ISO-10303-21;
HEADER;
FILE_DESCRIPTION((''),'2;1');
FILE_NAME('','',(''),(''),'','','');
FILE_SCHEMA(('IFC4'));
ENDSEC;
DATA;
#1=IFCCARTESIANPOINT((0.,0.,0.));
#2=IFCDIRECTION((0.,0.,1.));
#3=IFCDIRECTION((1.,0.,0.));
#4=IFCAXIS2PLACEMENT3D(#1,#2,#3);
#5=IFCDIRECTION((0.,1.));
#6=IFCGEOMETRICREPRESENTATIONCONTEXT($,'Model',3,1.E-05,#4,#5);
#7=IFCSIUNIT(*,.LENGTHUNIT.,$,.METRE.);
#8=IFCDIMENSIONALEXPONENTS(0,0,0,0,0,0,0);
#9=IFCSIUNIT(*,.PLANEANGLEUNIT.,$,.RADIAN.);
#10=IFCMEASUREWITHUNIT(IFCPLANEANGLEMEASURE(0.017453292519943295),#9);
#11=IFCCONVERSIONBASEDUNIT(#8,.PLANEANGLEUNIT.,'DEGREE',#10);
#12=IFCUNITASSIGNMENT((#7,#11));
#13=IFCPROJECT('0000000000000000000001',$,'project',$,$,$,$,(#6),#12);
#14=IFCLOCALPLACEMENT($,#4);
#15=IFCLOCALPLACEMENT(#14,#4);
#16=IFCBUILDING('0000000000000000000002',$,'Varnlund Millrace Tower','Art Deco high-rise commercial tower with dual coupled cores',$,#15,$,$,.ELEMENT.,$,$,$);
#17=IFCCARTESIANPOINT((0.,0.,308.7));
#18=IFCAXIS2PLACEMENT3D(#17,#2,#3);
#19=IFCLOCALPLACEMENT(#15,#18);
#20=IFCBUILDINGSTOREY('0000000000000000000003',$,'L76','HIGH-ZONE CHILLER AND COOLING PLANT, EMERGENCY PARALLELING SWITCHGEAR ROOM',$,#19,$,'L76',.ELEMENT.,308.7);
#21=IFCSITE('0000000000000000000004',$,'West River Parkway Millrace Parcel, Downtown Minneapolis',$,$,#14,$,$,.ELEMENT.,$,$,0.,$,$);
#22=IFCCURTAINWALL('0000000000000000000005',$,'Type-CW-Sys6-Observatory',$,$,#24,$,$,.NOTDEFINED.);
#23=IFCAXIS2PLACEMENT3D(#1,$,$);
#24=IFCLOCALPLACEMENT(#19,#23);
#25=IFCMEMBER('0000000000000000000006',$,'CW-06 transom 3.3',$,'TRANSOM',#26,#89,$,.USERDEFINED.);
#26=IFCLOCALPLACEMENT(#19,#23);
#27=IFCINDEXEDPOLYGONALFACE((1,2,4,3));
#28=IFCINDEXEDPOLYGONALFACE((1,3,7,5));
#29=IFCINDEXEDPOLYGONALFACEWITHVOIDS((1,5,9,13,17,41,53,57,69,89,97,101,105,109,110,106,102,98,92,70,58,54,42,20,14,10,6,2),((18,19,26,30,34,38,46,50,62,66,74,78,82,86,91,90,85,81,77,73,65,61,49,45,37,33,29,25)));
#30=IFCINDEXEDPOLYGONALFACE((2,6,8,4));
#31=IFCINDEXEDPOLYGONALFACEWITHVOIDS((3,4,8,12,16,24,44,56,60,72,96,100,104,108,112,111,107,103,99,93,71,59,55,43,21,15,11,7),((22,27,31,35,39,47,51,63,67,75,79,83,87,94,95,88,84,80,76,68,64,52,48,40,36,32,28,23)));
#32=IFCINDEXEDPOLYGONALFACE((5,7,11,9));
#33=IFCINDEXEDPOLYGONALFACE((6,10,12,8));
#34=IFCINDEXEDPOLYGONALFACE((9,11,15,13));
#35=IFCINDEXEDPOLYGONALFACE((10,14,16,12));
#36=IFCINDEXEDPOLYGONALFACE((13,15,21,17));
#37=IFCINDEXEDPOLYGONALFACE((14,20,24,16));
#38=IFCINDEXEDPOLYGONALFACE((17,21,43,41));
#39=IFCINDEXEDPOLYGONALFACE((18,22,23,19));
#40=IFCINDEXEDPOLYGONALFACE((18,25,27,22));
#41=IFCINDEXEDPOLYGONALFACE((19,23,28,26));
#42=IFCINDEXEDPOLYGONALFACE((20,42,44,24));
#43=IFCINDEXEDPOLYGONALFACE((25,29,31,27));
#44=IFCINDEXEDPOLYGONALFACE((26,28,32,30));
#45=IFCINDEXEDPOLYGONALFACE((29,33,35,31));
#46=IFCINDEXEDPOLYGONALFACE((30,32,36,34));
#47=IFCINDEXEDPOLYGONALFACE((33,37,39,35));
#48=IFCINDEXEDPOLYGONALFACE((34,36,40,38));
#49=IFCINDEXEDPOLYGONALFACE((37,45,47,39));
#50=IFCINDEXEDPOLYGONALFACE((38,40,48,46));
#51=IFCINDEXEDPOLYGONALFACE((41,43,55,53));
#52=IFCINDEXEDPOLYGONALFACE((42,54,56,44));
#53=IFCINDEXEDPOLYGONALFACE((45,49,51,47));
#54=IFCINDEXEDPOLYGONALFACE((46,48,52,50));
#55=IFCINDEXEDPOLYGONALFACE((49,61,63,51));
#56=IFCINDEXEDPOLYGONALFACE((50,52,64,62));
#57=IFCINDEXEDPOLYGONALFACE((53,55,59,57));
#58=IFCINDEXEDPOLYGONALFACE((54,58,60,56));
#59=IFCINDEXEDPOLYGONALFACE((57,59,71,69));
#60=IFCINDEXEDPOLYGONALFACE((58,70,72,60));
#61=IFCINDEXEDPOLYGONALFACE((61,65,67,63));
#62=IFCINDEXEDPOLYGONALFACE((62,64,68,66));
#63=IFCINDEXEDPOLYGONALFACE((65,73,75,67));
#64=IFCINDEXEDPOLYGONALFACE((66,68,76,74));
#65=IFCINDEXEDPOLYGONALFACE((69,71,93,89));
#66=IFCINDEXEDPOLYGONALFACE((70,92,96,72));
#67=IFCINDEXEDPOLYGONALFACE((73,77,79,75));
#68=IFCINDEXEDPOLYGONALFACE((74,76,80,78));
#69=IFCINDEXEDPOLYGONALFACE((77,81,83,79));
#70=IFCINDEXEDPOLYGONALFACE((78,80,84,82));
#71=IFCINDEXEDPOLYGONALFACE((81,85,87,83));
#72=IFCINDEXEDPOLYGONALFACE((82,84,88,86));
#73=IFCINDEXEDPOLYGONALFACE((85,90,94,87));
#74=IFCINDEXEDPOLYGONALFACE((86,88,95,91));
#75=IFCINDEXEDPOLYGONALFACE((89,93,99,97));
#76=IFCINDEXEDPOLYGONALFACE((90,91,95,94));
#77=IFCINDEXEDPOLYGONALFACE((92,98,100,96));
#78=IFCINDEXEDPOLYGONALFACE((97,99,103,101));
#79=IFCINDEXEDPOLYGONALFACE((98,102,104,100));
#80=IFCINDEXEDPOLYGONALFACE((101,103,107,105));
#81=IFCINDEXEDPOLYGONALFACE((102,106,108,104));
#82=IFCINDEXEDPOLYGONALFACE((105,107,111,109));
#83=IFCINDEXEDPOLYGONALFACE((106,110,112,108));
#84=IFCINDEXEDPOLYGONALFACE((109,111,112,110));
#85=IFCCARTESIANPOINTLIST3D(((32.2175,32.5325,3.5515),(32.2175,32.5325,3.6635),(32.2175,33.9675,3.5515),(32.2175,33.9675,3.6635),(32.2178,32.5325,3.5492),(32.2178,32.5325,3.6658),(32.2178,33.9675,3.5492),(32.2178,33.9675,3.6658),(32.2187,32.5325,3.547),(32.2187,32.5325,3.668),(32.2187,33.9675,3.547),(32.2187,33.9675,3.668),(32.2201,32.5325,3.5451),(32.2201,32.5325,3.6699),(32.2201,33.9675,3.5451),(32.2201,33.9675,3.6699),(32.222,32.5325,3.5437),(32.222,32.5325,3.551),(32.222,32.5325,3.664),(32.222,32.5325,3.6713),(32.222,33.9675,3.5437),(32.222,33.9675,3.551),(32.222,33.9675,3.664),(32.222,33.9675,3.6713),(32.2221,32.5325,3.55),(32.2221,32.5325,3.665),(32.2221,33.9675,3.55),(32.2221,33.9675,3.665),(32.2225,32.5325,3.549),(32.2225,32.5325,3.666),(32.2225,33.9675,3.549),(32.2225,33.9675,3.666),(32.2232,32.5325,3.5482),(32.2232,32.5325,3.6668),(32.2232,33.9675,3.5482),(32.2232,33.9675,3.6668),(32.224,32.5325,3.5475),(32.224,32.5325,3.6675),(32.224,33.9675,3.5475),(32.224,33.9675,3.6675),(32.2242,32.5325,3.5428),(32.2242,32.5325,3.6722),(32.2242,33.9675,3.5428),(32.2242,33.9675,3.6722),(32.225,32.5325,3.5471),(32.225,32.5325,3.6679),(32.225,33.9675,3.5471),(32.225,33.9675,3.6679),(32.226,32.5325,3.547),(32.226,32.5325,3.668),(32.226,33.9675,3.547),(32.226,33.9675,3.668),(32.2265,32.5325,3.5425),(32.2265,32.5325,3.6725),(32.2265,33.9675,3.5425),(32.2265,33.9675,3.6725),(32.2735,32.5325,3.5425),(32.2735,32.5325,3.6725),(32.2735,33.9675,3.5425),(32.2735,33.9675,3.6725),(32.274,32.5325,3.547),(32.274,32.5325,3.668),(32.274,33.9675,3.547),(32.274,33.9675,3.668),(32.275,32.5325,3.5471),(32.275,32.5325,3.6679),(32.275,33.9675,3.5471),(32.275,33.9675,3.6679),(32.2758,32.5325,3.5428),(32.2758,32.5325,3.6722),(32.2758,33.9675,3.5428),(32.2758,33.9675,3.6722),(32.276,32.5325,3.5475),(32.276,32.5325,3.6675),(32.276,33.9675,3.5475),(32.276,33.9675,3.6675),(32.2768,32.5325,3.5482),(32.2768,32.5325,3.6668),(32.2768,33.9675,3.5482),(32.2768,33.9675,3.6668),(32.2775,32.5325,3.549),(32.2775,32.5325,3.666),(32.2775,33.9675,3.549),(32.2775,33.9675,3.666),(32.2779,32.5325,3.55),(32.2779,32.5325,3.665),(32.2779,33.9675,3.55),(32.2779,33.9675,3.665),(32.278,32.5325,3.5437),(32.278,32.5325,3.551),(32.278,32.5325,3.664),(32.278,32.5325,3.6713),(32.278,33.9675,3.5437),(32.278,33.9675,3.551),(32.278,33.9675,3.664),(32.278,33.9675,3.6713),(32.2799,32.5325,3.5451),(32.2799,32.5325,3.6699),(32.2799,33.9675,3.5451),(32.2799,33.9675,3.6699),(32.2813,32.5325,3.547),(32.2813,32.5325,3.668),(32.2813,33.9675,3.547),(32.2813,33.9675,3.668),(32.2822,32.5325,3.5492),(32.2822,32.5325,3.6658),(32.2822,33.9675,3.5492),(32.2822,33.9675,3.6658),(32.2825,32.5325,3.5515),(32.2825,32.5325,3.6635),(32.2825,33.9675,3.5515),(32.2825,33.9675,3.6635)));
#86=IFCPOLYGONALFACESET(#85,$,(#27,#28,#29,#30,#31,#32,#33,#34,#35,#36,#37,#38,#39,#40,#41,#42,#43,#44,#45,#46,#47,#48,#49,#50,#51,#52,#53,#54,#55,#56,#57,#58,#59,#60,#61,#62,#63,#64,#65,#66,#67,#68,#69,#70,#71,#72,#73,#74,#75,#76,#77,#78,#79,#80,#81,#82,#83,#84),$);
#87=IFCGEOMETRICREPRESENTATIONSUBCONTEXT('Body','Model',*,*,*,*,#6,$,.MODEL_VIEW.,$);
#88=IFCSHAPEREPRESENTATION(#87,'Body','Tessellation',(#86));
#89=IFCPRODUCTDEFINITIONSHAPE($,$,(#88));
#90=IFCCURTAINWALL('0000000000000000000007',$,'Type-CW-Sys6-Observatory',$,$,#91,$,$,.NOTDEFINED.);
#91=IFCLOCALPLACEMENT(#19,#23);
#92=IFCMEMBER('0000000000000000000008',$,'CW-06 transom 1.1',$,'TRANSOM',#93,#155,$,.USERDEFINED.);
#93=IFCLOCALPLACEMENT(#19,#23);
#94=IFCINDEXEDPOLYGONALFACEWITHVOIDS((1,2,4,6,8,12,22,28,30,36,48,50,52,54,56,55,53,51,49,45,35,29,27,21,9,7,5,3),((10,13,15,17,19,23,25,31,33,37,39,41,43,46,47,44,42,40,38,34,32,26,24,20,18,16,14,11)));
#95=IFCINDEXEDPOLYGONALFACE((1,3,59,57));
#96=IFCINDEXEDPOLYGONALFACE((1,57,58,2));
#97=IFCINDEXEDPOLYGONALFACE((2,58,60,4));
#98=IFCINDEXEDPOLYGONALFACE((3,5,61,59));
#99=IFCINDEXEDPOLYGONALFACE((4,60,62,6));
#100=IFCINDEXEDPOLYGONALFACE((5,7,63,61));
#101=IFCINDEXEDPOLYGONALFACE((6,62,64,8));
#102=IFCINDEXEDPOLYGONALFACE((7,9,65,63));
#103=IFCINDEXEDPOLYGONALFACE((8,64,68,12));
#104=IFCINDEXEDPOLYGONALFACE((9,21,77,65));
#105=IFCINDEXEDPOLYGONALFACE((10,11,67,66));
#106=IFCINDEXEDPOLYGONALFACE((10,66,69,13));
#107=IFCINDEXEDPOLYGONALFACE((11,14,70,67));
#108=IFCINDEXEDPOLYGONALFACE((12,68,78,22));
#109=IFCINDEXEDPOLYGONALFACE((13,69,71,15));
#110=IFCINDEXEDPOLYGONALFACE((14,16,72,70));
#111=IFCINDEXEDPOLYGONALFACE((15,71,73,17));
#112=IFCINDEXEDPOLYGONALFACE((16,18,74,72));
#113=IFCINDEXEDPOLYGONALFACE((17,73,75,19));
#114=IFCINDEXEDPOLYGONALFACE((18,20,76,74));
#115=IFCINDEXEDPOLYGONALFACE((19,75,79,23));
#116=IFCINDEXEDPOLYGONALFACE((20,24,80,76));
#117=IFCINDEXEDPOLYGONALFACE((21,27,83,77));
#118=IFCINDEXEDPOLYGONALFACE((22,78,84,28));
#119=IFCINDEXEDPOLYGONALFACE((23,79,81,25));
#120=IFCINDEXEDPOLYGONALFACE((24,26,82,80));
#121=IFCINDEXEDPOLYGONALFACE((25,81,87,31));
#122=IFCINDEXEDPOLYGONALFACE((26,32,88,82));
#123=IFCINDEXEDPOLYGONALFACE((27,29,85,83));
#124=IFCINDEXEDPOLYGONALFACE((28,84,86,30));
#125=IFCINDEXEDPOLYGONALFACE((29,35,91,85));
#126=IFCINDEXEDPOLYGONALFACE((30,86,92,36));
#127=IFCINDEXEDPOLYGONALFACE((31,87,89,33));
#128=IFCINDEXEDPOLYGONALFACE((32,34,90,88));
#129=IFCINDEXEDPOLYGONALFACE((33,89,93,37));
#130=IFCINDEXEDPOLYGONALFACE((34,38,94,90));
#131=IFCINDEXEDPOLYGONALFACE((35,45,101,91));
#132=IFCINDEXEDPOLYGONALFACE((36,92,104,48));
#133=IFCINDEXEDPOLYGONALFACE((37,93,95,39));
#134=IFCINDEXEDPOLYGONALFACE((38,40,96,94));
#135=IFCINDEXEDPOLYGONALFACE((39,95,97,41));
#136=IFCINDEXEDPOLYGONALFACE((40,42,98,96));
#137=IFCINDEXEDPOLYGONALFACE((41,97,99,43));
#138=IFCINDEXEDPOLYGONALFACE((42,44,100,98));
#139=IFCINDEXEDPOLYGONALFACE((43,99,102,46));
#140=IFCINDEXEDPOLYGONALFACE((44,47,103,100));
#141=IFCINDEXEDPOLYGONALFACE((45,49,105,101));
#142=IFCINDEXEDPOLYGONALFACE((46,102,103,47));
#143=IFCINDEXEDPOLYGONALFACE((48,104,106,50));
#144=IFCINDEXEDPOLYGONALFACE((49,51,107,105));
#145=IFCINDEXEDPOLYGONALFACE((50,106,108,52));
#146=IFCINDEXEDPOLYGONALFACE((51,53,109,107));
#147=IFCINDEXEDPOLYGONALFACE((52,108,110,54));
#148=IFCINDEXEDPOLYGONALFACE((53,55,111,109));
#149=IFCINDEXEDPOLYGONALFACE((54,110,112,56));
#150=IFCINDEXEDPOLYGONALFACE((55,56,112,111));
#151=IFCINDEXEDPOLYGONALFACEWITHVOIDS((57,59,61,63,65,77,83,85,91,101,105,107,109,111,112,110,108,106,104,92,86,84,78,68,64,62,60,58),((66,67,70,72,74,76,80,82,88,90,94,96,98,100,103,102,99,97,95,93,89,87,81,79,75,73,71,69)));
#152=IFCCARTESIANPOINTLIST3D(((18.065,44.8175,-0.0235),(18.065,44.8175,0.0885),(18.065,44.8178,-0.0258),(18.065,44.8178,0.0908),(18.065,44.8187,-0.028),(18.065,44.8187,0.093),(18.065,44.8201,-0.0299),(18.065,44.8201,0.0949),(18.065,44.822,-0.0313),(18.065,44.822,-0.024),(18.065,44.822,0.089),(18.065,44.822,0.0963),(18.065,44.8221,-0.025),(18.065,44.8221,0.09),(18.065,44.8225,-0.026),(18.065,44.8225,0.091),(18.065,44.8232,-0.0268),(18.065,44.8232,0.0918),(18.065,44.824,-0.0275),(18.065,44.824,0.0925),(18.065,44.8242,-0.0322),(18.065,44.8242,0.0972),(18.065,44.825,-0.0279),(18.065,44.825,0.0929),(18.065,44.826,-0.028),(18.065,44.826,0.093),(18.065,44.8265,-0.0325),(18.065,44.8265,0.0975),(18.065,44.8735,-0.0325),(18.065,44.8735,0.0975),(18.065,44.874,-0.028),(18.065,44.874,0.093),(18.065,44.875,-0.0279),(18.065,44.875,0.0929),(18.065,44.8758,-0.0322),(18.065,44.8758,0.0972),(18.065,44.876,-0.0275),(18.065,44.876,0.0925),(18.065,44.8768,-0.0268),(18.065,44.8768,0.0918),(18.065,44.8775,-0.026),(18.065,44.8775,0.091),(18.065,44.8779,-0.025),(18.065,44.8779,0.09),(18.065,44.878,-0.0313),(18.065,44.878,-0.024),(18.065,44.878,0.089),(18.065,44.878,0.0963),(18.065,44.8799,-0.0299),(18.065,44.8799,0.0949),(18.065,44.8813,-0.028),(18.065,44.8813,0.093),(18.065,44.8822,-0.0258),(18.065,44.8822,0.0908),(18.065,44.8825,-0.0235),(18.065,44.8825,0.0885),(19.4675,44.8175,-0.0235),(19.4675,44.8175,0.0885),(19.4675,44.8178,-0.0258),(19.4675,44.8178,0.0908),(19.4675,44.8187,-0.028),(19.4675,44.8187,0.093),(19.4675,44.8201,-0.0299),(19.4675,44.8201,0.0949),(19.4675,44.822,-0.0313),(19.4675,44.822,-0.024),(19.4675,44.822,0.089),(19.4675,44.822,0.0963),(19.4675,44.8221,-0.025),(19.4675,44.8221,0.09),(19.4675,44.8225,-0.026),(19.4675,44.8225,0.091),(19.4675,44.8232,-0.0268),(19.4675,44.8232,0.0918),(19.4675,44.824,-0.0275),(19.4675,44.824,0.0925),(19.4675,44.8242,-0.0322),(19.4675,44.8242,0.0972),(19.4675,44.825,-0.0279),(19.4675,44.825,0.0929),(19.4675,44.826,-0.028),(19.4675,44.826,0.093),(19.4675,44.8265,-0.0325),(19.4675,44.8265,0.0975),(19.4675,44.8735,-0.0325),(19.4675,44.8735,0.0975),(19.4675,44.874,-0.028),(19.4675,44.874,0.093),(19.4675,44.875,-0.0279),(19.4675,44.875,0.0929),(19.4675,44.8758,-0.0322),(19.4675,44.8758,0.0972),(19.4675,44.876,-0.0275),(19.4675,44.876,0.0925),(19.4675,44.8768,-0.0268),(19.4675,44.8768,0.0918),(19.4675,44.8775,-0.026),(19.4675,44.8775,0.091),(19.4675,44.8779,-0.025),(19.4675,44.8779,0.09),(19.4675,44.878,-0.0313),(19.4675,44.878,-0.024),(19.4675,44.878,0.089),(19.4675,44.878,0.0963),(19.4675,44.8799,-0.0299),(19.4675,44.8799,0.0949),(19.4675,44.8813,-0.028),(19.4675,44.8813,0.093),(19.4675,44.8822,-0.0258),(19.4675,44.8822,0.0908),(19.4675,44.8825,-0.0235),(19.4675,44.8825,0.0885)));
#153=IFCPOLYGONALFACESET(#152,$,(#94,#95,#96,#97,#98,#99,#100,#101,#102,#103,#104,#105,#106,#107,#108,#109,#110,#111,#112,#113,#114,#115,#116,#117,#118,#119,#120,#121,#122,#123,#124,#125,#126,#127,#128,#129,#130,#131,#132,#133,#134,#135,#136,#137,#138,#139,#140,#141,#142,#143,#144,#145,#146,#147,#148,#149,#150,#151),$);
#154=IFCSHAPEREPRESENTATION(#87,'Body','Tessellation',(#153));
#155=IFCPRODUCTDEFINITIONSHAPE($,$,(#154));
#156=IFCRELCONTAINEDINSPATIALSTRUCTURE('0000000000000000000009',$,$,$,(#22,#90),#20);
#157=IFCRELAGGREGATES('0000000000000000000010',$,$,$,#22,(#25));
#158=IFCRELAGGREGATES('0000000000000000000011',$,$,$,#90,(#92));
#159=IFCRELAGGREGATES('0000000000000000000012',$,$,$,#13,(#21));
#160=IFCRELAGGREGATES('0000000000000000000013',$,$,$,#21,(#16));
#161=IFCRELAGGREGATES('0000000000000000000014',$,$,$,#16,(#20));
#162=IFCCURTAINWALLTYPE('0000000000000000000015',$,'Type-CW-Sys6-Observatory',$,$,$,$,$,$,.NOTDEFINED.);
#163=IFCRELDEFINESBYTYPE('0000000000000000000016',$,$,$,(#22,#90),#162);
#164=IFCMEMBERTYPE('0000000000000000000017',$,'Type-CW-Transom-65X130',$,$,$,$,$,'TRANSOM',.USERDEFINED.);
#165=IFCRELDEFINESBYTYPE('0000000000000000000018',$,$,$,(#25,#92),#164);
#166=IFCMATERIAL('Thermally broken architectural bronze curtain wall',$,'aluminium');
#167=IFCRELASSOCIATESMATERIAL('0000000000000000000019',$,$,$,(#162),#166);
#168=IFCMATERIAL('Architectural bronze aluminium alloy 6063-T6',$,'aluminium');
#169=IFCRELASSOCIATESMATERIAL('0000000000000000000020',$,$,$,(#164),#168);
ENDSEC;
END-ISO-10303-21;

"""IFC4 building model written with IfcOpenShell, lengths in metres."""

from ifc_helpers import new_model, entity, si_unit, converted_unit, direction, frame, origin_with_axes, origin_2d_with_axis, place, context, subcontext, project, spatial, hollow_rectangle, extrude, material, material_profile, profile_set, type_object, element, aggregate, save


model = new_model("IFC4")

# Units and contexts
model_context = context("Model", 3, precision=1e-05, world=origin_with_axes(), true_north=direction((0.0, 1.0)))
body_context = subcontext(model_context, "Body", "Model", "MODEL_VIEW")
ifc_project = project(units=[si_unit("LENGTHUNIT", "METRE"), converted_unit("PLANEANGLEUNIT", "DEGREE", entity("IfcPlaneAngleMeasure", 0.017453292519943295), si_unit("PLANEANGLEUNIT", "RADIAN"), dimensions=[0, 0, 0, 0, 0, 0, 0])], contexts=[model_context])

# Site, building, storey
site_placement = place(None, origin_with_axes())
site = spatial("IfcSite", under=ifc_project, at=site_placement, Name="West River Parkway Millrace Parcel, Downtown Minneapolis", CompositionType="ELEMENT", RefElevation=0.0)
building_placement = place(site_placement, origin_with_axes())
building = spatial("IfcBuilding", under=site, at=building_placement, Name="Varnlund Millrace Tower", Description="Art Deco high-rise commercial tower with dual coupled cores", CompositionType="ELEMENT")
storey_placement = place(building_placement, frame((0.0, 0.0, 308.7), z_axis=(0.0, 0.0, 1.0), x_axis=(1.0, 0.0, 0.0)))
storey = spatial("IfcBuildingStorey", under=building, at=storey_placement, Name="L76", Description="HIGH-ZONE CHILLER AND COOLING PLANT, EMERGENCY PARALLELING SWITCHGEAR ROOM", LongName="L76", CompositionType="ELEMENT", Elevation=308.7)

# Curtain walls, members
ifc_material_1 = material(Name="Thermally broken architectural bronze curtain wall", Category="aluminium")
curtain_wall_type = type_object("IfcCurtainWallType", Name="Type-CW-Sys6-Observatory", PredefinedType="NOTDEFINED", material=ifc_material_1)
curtain_wall_1_placement = place(storey_placement, frame((32.25, 37.0, 0.0), z_axis=(0.0, 0.0, 1.0), x_axis=(1.0, 0.0, 0.0)))
curtain_wall_1 = element("IfcCurtainWall", 1, at=curtain_wall_1_placement, inside=storey, type_object=curtain_wall_type, Name="Type-CW-Sys6-Observatory", PredefinedType="NOTDEFINED")
ifc_material_2 = material(Name="Architectural bronze aluminium alloy 6063-T6", Category="aluminium")
ifc_material_profile_1 = material_profile(ifc_material_2, hollow_rectangle(XDim=0.065, YDim=0.13, WallThickness=0.0045, InnerFilletRadius=0.004, OuterFilletRadius=0.009, at=origin_2d_with_axis()), Name="Architectural bronze aluminium alloy 6063-T6")
ifc_profile_set_1 = profile_set([ifc_material_profile_1], Name="Architectural bronze aluminium alloy 6063-T6")
member_type = type_object("IfcMemberType", Name="Type-CW-Transom-65X130", ElementType="TRANSOM", PredefinedType="USERDEFINED", material=ifc_profile_set_1)
member_1_placement = place(storey_placement, frame((32.25, 33.9675, 3.6075), z_axis=(0.0, -1.0, 0.0), x_axis=(1.0, 0.0, 0.0)))
member_1 = element("IfcMember", 2, at=member_1_placement, type_object=member_type, Name="CW-06 transom 3.3", ObjectType="TRANSOM", PredefinedType="USERDEFINED", context=body_context, shape_type="SweptSolid", body=[
    extrude(hollow_rectangle(XDim=0.065, YDim=0.13, WallThickness=0.0045, InnerFilletRadius=0.004, OuterFilletRadius=0.009, at=origin_2d_with_axis()), origin_with_axes(), (0.0, 0.0, 1.0), 1.435),
])
curtain_wall_2_placement = place(storey_placement, frame((18.0, 44.85, 0.0), z_axis=(0.0, 0.0, 1.0), x_axis=(1.0, 0.0, 0.0)))
curtain_wall_2 = element("IfcCurtainWall", 3, at=curtain_wall_2_placement, inside=storey, type_object=curtain_wall_type, Name="Type-CW-Sys6-Observatory", PredefinedType="NOTDEFINED")
member_2_placement = place(storey_placement, frame((18.065, 44.85, 0.0325), z_axis=(1.0, 0.0, 0.0), x_axis=(0.0, 1.0, 0.0)))
member_2 = element("IfcMember", 4, at=member_2_placement, type_object=member_type, Name="CW-06 transom 1.1", ObjectType="TRANSOM", PredefinedType="USERDEFINED", context=body_context, shape_type="SweptSolid", body=[
    extrude(hollow_rectangle(XDim=0.065, YDim=0.13, WallThickness=0.0045, InnerFilletRadius=0.004, OuterFilletRadius=0.009, at=origin_2d_with_axis()), origin_with_axes(), (0.0, 0.0, 1.0), 1.4025),
])

aggregate(curtain_wall_1, [member_1])
aggregate(curtain_wall_2, [member_2])

save(model, "model.ifc")
